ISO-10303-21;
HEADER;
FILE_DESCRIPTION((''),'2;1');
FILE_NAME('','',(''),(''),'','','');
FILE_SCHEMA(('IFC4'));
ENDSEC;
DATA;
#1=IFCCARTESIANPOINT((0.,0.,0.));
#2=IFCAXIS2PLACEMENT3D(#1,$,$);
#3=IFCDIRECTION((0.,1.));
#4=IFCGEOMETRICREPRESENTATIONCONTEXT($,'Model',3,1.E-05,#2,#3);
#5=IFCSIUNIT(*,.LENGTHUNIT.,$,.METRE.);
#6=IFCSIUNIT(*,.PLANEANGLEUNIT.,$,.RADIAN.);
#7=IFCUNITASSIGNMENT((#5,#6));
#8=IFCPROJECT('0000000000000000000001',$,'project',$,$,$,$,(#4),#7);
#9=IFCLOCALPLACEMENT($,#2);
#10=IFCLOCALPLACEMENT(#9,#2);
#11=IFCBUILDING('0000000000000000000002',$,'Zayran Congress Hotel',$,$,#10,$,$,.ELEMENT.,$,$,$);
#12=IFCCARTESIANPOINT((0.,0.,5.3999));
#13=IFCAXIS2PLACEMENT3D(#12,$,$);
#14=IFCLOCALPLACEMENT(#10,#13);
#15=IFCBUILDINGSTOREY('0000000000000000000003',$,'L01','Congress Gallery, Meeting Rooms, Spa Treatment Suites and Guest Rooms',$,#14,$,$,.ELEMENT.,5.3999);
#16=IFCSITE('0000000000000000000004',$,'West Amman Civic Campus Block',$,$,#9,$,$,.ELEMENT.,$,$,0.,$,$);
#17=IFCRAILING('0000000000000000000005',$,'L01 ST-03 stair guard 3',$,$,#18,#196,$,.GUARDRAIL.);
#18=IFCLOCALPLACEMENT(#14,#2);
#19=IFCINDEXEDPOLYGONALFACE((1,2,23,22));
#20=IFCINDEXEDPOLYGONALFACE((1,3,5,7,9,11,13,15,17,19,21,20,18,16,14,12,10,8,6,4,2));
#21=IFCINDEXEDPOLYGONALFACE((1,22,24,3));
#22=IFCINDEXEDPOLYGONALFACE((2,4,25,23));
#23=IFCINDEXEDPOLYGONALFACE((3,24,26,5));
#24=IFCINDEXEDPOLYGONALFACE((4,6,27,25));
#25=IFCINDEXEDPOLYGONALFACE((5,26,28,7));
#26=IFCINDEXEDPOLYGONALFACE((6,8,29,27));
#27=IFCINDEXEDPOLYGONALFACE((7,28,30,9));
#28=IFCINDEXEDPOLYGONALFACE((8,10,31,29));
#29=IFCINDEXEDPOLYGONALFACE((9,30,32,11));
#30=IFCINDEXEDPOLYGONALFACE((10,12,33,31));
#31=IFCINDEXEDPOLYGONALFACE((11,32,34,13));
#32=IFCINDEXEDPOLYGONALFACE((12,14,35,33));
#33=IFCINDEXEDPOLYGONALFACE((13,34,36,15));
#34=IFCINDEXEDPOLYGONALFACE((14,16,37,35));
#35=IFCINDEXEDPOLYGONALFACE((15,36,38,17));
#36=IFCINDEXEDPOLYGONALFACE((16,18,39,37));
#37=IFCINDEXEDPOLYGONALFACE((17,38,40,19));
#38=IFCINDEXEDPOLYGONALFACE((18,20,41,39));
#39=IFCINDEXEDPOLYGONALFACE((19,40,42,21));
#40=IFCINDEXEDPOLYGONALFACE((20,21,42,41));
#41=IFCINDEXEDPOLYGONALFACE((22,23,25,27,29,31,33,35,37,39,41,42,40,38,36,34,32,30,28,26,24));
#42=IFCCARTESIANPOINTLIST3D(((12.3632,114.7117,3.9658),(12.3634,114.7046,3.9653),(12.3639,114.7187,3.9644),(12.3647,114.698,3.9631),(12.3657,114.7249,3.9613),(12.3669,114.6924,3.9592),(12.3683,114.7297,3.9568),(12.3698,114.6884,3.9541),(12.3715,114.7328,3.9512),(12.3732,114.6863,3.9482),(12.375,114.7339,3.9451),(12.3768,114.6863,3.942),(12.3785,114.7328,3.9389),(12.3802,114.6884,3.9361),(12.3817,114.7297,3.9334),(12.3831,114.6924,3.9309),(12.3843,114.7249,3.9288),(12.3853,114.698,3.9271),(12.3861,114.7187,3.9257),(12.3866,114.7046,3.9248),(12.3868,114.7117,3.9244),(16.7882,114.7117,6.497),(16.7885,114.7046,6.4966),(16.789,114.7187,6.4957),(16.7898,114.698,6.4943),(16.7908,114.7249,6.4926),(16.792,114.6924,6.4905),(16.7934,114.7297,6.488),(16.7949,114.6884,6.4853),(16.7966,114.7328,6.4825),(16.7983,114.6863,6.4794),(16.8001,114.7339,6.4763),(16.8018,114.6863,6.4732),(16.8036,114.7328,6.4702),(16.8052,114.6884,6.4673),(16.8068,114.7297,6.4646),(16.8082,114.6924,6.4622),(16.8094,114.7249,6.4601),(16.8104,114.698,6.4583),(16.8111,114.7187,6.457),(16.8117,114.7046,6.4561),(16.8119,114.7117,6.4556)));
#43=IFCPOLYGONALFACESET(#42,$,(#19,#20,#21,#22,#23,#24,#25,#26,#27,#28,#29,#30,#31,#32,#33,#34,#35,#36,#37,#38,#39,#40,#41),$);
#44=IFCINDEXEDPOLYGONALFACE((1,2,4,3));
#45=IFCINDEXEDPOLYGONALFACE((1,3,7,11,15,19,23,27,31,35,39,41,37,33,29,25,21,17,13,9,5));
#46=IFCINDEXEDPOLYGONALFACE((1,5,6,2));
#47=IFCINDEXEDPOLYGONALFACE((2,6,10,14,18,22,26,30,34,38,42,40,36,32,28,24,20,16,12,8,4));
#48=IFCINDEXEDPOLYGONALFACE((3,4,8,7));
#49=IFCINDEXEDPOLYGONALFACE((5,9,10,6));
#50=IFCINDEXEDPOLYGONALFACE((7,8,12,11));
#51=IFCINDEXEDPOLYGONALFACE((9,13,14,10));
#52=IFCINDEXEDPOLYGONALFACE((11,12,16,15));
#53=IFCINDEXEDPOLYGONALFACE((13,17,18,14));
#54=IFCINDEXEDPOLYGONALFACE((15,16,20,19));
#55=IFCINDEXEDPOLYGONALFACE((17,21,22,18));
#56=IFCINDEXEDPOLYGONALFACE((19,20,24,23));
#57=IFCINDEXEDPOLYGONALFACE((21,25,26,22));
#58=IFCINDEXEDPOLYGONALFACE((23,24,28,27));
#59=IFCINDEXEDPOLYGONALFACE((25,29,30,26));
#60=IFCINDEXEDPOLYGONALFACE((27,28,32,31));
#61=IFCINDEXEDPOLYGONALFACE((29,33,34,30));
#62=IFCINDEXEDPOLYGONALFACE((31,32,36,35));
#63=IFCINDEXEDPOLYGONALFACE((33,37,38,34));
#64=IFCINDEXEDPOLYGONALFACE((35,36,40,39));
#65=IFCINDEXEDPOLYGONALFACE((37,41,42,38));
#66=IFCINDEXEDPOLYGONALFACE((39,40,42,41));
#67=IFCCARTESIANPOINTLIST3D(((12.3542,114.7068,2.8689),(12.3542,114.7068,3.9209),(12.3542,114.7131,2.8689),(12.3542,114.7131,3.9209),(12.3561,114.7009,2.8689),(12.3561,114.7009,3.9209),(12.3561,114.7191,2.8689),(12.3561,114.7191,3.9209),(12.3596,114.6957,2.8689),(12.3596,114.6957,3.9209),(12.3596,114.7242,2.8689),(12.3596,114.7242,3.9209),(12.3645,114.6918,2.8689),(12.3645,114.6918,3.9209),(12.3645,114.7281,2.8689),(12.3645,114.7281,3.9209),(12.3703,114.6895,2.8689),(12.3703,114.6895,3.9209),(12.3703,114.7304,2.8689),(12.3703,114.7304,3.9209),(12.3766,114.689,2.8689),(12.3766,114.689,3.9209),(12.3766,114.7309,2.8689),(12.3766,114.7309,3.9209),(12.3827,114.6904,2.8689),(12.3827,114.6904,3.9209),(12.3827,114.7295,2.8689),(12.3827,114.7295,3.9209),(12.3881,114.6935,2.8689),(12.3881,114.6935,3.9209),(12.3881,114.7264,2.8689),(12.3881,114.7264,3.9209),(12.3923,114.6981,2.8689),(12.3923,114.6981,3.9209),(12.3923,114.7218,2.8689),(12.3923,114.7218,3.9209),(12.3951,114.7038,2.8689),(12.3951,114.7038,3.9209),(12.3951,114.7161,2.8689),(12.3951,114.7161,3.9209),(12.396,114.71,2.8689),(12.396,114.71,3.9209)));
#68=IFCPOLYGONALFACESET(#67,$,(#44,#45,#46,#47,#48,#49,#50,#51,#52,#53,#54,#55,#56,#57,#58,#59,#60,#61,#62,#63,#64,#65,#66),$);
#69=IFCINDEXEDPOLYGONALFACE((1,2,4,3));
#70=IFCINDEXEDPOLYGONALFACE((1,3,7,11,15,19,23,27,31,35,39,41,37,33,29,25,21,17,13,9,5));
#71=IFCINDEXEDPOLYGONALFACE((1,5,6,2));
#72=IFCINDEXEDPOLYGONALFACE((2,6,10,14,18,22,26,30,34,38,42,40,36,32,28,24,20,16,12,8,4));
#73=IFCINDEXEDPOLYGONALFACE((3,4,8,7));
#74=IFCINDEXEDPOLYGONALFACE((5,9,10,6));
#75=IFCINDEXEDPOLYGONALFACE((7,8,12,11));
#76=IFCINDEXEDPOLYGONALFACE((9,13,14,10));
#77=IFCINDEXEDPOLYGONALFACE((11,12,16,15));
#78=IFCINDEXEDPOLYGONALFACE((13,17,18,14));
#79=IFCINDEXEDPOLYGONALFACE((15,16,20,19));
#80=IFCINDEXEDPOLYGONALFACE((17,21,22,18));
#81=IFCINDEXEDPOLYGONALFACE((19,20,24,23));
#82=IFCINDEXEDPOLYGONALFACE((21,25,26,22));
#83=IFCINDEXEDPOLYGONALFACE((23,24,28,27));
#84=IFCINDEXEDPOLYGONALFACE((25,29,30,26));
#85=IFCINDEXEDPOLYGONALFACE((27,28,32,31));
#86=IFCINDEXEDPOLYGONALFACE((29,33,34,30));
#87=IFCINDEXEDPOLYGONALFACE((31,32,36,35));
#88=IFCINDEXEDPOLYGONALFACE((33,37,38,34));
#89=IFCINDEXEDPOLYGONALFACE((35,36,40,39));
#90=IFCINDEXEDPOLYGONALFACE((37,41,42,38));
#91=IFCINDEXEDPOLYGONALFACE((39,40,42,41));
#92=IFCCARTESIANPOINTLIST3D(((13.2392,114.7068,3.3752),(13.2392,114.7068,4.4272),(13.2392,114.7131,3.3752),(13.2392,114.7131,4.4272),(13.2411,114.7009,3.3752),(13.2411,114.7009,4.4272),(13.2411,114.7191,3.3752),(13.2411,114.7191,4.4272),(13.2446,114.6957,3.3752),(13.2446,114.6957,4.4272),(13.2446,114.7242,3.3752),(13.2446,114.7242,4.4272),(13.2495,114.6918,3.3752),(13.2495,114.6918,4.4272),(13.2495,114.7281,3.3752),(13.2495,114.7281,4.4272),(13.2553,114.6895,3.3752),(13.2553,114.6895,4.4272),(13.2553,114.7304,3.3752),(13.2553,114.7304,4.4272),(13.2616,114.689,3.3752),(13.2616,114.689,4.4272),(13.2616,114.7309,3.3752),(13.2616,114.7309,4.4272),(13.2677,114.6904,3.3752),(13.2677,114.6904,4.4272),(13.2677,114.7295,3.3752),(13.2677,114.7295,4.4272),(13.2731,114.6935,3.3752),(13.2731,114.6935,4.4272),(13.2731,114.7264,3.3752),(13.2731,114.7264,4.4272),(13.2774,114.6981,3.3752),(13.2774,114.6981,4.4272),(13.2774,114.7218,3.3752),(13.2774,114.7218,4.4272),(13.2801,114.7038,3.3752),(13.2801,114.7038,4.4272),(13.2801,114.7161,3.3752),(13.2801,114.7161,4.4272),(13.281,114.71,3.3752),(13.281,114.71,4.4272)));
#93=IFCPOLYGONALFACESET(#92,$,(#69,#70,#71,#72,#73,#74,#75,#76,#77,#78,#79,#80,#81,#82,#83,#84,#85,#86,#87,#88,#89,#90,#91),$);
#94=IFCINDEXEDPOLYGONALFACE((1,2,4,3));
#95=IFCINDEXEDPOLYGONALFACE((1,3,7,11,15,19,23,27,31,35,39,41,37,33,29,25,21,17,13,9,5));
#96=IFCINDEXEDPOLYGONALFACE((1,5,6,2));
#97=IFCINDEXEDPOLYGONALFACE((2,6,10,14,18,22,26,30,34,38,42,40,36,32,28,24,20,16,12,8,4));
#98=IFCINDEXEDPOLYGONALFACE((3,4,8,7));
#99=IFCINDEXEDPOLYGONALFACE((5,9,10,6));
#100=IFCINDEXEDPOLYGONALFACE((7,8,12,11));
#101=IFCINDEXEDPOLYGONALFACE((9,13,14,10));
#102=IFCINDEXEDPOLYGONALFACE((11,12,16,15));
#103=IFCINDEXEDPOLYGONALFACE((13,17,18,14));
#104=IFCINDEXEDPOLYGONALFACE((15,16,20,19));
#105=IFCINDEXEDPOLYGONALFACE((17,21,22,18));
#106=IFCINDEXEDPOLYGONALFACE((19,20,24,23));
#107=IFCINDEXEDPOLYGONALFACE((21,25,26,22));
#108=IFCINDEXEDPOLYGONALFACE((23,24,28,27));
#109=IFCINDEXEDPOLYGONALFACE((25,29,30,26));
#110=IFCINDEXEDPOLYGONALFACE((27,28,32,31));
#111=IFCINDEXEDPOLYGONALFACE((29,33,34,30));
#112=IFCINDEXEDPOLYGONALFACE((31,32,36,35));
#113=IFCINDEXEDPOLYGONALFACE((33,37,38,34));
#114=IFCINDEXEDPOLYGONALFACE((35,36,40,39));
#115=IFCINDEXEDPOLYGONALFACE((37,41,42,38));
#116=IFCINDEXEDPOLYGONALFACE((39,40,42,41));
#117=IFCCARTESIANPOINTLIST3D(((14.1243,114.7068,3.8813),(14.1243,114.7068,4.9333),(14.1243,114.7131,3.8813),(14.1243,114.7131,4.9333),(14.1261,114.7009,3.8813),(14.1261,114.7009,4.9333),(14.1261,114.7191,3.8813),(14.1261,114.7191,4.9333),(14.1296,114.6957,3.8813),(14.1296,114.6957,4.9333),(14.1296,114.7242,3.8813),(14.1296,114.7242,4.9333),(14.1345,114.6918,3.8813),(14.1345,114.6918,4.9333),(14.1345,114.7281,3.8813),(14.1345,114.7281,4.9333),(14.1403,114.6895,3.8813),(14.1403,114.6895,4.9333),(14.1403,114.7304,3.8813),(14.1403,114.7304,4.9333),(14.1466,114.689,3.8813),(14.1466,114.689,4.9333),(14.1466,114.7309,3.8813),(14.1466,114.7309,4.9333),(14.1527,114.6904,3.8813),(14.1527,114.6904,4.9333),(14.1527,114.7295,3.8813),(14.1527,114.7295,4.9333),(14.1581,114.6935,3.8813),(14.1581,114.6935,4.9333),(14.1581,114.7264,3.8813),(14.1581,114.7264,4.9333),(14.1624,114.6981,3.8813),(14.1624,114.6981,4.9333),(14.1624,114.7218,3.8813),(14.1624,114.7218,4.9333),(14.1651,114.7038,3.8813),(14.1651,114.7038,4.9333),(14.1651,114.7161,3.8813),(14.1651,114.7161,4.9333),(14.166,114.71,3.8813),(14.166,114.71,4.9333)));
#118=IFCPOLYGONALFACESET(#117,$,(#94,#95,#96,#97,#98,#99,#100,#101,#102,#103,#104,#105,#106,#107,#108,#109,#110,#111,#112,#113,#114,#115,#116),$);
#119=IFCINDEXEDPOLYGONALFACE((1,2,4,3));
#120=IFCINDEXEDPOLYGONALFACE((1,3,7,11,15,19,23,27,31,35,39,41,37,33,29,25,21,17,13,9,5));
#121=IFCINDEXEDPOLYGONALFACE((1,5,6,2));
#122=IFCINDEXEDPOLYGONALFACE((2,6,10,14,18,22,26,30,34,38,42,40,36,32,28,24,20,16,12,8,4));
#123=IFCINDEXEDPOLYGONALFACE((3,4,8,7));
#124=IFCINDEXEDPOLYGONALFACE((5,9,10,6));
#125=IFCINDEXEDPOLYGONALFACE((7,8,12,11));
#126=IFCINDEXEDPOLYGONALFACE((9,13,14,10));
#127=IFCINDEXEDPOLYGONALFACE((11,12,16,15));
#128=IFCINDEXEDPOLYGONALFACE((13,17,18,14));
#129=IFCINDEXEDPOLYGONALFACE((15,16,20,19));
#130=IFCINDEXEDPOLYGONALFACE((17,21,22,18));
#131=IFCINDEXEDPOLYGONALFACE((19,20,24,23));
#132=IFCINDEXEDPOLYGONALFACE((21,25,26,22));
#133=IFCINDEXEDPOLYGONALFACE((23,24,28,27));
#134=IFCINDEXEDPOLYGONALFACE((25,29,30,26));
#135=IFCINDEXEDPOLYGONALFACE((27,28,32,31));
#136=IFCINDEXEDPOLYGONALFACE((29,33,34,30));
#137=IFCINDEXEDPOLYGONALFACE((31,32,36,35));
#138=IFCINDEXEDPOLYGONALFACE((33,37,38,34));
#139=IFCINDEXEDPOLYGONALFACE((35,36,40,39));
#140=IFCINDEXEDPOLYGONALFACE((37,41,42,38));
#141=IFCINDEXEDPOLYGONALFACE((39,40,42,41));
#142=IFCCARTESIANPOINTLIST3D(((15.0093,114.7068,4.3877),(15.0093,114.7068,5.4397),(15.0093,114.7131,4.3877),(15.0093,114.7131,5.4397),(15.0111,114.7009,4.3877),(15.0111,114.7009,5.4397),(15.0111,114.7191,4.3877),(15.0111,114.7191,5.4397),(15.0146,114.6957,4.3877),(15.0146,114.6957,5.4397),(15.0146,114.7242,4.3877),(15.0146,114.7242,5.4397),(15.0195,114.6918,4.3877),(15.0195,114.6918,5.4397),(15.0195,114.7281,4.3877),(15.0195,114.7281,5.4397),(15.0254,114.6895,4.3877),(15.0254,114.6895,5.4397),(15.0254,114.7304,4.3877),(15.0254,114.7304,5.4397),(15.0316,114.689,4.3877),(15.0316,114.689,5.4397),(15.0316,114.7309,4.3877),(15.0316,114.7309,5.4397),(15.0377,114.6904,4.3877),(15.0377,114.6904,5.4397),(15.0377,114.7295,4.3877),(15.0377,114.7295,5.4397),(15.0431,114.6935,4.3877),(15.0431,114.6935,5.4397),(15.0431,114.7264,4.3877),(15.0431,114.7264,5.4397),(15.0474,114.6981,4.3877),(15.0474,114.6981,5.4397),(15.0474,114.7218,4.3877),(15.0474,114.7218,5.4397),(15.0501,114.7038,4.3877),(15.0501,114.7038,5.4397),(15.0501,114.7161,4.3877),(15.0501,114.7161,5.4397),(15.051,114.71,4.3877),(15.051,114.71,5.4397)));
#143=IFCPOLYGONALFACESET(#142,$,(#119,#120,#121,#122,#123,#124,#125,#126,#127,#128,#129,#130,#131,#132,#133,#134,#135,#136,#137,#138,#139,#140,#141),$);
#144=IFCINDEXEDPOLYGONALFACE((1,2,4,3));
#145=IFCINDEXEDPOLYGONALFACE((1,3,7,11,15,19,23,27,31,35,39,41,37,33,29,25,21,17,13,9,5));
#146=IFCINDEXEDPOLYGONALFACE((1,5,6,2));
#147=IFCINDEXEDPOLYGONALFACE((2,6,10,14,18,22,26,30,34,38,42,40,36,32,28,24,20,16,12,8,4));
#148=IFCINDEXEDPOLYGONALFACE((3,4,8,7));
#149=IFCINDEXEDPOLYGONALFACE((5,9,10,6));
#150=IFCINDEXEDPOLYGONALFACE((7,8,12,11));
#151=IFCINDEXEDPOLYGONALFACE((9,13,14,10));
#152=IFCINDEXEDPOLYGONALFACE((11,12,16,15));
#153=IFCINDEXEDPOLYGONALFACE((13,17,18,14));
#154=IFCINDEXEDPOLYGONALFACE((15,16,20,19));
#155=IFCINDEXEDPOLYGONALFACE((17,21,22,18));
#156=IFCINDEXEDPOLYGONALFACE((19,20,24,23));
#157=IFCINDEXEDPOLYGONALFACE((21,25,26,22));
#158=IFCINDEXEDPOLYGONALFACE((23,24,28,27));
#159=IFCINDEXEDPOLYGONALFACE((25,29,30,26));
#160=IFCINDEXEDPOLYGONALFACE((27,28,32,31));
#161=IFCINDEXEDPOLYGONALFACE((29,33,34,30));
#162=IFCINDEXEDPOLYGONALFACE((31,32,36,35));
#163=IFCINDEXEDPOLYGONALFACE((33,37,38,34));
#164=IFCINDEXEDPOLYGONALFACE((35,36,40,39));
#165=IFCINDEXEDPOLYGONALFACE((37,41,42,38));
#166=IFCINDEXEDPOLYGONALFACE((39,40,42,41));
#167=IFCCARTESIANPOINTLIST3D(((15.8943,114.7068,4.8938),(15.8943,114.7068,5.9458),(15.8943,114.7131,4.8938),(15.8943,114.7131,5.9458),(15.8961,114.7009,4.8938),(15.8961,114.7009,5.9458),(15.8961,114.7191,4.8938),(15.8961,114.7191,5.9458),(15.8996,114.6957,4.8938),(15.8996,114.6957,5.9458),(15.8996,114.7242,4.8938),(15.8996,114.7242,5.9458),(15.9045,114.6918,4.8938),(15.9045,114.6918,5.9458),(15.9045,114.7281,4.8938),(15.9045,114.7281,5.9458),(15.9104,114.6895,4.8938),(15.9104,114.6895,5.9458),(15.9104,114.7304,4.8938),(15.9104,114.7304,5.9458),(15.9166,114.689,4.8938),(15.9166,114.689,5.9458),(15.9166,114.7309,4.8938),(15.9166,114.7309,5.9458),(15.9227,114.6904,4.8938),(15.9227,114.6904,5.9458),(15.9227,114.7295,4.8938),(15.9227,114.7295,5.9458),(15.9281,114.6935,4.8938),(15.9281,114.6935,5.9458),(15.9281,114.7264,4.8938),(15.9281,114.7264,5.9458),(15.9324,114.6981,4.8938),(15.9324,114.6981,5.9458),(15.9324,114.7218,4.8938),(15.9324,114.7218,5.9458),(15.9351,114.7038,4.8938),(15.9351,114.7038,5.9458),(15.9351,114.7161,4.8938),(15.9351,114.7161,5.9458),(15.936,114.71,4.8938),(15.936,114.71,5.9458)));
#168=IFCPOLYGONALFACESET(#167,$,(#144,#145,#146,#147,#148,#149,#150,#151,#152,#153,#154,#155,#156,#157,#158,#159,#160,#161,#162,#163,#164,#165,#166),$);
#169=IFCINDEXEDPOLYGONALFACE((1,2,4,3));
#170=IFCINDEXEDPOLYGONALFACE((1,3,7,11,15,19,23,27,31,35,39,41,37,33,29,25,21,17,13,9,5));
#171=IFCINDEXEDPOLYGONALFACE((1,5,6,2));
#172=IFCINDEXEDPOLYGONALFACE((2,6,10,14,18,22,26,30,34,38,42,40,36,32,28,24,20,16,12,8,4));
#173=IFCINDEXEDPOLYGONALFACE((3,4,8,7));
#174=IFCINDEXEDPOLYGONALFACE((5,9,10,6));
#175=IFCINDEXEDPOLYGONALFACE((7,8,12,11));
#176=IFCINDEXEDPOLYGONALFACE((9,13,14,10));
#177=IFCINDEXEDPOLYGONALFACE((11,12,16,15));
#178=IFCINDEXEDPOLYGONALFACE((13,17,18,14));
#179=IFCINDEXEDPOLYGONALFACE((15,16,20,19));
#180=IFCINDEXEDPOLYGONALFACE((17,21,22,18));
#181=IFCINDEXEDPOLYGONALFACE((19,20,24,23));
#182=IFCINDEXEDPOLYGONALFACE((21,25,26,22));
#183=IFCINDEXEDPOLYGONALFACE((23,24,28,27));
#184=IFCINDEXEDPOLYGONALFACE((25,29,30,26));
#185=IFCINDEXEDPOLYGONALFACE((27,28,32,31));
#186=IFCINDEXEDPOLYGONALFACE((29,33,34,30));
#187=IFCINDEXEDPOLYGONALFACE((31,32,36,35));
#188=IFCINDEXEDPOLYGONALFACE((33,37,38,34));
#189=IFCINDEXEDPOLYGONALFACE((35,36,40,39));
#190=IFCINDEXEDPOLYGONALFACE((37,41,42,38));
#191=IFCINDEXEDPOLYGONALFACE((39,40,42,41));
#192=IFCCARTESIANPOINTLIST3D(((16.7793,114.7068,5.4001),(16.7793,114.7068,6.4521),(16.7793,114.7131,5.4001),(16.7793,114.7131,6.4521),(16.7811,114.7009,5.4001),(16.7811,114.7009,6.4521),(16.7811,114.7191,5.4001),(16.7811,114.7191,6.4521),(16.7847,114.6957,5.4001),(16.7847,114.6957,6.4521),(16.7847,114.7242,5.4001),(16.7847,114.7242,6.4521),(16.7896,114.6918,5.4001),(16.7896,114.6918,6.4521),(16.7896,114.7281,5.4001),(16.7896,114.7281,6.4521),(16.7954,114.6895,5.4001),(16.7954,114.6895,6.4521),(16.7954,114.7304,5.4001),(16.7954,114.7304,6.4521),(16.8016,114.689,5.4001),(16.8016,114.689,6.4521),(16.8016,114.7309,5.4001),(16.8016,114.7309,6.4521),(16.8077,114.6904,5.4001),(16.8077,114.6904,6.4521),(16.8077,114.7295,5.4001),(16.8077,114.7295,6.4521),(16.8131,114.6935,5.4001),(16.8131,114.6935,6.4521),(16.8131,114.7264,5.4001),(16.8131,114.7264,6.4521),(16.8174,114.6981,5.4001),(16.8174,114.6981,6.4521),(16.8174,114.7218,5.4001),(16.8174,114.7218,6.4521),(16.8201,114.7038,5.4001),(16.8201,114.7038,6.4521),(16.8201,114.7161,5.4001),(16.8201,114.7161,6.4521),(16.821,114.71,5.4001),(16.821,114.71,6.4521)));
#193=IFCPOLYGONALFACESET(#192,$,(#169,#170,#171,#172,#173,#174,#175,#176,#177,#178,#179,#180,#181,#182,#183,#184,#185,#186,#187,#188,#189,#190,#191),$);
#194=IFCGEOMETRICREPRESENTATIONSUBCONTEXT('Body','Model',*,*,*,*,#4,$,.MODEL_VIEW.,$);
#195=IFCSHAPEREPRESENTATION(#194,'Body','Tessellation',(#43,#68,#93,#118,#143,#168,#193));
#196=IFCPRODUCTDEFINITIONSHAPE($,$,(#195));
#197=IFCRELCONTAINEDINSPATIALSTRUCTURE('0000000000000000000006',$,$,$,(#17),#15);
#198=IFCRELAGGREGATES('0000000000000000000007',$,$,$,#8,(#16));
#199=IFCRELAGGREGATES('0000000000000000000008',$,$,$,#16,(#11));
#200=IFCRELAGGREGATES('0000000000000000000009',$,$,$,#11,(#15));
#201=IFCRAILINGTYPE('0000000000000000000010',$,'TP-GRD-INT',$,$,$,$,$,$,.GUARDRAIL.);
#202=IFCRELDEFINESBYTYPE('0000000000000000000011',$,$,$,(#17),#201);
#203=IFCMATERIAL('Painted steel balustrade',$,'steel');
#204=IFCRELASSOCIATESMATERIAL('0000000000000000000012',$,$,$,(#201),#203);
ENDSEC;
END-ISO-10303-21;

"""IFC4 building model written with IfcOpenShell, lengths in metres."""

from ifc_helpers import new_model, si_unit, direction, frame, origin, origin_2d, place, context, subcontext, project, spatial, circle, extrude, material, type_object, element, save


model = new_model("IFC4")

# Units and contexts
model_context = context("Model", 3, precision=1e-05, world=origin(), true_north=direction((0.0, 1.0)))
body_context = subcontext(model_context, "Body", "Model", "MODEL_VIEW")
ifc_project = project(units=[si_unit("LENGTHUNIT", "METRE"), si_unit("PLANEANGLEUNIT", "RADIAN")], contexts=[model_context])

# Site, building, storey
site_placement = place(None, origin())
site = spatial("IfcSite", under=ifc_project, at=site_placement, Name="West Amman Civic Campus Block", CompositionType="ELEMENT", RefElevation=0.0)
building_placement = place(site_placement, origin())
building = spatial("IfcBuilding", under=site, at=building_placement, Name="Zayran Congress Hotel", CompositionType="ELEMENT")
storey_placement = place(building_placement, frame((0.0, 0.0, 5.3999)))
storey = spatial("IfcBuildingStorey", under=building, at=storey_placement, Name="L01", Description="Congress Gallery, Meeting Rooms, Spa Treatment Suites and Guest Rooms", CompositionType="ELEMENT", Elevation=5.3999)

# Railing
ifc_material_1 = material(Name="Painted steel balustrade", Category="steel")
railing_type_1 = type_object("IfcRailingType", Name="TP-GRD-INT", PredefinedType="GUARDRAIL", material=ifc_material_1)
railing_1_placement = place(storey_placement, frame((12.375, 114.71, 2.8689)))
element("IfcRailing", 1, at=railing_1_placement, inside=storey, type_object=railing_type_1, Name="L01 ST-03 stair guard 3", PredefinedType="GUARDRAIL", context=body_context, shape_type="SweptSolid", body=[
    extrude(circle(Radius=0.0239, at=origin_2d()), frame((0.0, 0.0, 1.0762), z_axis=(0.868019, 0.0, 0.496531), x_axis=(0.0, 1.0, 0.0)), (0.0, 0.0, 1.0), 5.0979),
    extrude(circle(Radius=0.021, at=origin_2d()), origin(), (0.0, 0.0, 1.0), 1.052),
    extrude(circle(Radius=0.021, at=origin_2d()), frame((0.885, 0.0, 0.5063)), (0.0, 0.0, 1.0), 1.052),
    extrude(circle(Radius=0.021, at=origin_2d()), frame((1.77, 0.0, 1.0125)), (0.0, 0.0, 1.0), 1.052),
    extrude(circle(Radius=0.021, at=origin_2d()), frame((2.655, 0.0, 1.5188)), (0.0, 0.0, 1.0), 1.052),
    extrude(circle(Radius=0.021, at=origin_2d()), frame((3.54, 0.0, 2.0249)), (0.0, 0.0, 1.0), 1.052),
    extrude(circle(Radius=0.021, at=origin_2d()), frame((4.425, 0.0, 2.5312)), (0.0, 0.0, 1.0), 1.052),
])

save(model, "model.ifc")
